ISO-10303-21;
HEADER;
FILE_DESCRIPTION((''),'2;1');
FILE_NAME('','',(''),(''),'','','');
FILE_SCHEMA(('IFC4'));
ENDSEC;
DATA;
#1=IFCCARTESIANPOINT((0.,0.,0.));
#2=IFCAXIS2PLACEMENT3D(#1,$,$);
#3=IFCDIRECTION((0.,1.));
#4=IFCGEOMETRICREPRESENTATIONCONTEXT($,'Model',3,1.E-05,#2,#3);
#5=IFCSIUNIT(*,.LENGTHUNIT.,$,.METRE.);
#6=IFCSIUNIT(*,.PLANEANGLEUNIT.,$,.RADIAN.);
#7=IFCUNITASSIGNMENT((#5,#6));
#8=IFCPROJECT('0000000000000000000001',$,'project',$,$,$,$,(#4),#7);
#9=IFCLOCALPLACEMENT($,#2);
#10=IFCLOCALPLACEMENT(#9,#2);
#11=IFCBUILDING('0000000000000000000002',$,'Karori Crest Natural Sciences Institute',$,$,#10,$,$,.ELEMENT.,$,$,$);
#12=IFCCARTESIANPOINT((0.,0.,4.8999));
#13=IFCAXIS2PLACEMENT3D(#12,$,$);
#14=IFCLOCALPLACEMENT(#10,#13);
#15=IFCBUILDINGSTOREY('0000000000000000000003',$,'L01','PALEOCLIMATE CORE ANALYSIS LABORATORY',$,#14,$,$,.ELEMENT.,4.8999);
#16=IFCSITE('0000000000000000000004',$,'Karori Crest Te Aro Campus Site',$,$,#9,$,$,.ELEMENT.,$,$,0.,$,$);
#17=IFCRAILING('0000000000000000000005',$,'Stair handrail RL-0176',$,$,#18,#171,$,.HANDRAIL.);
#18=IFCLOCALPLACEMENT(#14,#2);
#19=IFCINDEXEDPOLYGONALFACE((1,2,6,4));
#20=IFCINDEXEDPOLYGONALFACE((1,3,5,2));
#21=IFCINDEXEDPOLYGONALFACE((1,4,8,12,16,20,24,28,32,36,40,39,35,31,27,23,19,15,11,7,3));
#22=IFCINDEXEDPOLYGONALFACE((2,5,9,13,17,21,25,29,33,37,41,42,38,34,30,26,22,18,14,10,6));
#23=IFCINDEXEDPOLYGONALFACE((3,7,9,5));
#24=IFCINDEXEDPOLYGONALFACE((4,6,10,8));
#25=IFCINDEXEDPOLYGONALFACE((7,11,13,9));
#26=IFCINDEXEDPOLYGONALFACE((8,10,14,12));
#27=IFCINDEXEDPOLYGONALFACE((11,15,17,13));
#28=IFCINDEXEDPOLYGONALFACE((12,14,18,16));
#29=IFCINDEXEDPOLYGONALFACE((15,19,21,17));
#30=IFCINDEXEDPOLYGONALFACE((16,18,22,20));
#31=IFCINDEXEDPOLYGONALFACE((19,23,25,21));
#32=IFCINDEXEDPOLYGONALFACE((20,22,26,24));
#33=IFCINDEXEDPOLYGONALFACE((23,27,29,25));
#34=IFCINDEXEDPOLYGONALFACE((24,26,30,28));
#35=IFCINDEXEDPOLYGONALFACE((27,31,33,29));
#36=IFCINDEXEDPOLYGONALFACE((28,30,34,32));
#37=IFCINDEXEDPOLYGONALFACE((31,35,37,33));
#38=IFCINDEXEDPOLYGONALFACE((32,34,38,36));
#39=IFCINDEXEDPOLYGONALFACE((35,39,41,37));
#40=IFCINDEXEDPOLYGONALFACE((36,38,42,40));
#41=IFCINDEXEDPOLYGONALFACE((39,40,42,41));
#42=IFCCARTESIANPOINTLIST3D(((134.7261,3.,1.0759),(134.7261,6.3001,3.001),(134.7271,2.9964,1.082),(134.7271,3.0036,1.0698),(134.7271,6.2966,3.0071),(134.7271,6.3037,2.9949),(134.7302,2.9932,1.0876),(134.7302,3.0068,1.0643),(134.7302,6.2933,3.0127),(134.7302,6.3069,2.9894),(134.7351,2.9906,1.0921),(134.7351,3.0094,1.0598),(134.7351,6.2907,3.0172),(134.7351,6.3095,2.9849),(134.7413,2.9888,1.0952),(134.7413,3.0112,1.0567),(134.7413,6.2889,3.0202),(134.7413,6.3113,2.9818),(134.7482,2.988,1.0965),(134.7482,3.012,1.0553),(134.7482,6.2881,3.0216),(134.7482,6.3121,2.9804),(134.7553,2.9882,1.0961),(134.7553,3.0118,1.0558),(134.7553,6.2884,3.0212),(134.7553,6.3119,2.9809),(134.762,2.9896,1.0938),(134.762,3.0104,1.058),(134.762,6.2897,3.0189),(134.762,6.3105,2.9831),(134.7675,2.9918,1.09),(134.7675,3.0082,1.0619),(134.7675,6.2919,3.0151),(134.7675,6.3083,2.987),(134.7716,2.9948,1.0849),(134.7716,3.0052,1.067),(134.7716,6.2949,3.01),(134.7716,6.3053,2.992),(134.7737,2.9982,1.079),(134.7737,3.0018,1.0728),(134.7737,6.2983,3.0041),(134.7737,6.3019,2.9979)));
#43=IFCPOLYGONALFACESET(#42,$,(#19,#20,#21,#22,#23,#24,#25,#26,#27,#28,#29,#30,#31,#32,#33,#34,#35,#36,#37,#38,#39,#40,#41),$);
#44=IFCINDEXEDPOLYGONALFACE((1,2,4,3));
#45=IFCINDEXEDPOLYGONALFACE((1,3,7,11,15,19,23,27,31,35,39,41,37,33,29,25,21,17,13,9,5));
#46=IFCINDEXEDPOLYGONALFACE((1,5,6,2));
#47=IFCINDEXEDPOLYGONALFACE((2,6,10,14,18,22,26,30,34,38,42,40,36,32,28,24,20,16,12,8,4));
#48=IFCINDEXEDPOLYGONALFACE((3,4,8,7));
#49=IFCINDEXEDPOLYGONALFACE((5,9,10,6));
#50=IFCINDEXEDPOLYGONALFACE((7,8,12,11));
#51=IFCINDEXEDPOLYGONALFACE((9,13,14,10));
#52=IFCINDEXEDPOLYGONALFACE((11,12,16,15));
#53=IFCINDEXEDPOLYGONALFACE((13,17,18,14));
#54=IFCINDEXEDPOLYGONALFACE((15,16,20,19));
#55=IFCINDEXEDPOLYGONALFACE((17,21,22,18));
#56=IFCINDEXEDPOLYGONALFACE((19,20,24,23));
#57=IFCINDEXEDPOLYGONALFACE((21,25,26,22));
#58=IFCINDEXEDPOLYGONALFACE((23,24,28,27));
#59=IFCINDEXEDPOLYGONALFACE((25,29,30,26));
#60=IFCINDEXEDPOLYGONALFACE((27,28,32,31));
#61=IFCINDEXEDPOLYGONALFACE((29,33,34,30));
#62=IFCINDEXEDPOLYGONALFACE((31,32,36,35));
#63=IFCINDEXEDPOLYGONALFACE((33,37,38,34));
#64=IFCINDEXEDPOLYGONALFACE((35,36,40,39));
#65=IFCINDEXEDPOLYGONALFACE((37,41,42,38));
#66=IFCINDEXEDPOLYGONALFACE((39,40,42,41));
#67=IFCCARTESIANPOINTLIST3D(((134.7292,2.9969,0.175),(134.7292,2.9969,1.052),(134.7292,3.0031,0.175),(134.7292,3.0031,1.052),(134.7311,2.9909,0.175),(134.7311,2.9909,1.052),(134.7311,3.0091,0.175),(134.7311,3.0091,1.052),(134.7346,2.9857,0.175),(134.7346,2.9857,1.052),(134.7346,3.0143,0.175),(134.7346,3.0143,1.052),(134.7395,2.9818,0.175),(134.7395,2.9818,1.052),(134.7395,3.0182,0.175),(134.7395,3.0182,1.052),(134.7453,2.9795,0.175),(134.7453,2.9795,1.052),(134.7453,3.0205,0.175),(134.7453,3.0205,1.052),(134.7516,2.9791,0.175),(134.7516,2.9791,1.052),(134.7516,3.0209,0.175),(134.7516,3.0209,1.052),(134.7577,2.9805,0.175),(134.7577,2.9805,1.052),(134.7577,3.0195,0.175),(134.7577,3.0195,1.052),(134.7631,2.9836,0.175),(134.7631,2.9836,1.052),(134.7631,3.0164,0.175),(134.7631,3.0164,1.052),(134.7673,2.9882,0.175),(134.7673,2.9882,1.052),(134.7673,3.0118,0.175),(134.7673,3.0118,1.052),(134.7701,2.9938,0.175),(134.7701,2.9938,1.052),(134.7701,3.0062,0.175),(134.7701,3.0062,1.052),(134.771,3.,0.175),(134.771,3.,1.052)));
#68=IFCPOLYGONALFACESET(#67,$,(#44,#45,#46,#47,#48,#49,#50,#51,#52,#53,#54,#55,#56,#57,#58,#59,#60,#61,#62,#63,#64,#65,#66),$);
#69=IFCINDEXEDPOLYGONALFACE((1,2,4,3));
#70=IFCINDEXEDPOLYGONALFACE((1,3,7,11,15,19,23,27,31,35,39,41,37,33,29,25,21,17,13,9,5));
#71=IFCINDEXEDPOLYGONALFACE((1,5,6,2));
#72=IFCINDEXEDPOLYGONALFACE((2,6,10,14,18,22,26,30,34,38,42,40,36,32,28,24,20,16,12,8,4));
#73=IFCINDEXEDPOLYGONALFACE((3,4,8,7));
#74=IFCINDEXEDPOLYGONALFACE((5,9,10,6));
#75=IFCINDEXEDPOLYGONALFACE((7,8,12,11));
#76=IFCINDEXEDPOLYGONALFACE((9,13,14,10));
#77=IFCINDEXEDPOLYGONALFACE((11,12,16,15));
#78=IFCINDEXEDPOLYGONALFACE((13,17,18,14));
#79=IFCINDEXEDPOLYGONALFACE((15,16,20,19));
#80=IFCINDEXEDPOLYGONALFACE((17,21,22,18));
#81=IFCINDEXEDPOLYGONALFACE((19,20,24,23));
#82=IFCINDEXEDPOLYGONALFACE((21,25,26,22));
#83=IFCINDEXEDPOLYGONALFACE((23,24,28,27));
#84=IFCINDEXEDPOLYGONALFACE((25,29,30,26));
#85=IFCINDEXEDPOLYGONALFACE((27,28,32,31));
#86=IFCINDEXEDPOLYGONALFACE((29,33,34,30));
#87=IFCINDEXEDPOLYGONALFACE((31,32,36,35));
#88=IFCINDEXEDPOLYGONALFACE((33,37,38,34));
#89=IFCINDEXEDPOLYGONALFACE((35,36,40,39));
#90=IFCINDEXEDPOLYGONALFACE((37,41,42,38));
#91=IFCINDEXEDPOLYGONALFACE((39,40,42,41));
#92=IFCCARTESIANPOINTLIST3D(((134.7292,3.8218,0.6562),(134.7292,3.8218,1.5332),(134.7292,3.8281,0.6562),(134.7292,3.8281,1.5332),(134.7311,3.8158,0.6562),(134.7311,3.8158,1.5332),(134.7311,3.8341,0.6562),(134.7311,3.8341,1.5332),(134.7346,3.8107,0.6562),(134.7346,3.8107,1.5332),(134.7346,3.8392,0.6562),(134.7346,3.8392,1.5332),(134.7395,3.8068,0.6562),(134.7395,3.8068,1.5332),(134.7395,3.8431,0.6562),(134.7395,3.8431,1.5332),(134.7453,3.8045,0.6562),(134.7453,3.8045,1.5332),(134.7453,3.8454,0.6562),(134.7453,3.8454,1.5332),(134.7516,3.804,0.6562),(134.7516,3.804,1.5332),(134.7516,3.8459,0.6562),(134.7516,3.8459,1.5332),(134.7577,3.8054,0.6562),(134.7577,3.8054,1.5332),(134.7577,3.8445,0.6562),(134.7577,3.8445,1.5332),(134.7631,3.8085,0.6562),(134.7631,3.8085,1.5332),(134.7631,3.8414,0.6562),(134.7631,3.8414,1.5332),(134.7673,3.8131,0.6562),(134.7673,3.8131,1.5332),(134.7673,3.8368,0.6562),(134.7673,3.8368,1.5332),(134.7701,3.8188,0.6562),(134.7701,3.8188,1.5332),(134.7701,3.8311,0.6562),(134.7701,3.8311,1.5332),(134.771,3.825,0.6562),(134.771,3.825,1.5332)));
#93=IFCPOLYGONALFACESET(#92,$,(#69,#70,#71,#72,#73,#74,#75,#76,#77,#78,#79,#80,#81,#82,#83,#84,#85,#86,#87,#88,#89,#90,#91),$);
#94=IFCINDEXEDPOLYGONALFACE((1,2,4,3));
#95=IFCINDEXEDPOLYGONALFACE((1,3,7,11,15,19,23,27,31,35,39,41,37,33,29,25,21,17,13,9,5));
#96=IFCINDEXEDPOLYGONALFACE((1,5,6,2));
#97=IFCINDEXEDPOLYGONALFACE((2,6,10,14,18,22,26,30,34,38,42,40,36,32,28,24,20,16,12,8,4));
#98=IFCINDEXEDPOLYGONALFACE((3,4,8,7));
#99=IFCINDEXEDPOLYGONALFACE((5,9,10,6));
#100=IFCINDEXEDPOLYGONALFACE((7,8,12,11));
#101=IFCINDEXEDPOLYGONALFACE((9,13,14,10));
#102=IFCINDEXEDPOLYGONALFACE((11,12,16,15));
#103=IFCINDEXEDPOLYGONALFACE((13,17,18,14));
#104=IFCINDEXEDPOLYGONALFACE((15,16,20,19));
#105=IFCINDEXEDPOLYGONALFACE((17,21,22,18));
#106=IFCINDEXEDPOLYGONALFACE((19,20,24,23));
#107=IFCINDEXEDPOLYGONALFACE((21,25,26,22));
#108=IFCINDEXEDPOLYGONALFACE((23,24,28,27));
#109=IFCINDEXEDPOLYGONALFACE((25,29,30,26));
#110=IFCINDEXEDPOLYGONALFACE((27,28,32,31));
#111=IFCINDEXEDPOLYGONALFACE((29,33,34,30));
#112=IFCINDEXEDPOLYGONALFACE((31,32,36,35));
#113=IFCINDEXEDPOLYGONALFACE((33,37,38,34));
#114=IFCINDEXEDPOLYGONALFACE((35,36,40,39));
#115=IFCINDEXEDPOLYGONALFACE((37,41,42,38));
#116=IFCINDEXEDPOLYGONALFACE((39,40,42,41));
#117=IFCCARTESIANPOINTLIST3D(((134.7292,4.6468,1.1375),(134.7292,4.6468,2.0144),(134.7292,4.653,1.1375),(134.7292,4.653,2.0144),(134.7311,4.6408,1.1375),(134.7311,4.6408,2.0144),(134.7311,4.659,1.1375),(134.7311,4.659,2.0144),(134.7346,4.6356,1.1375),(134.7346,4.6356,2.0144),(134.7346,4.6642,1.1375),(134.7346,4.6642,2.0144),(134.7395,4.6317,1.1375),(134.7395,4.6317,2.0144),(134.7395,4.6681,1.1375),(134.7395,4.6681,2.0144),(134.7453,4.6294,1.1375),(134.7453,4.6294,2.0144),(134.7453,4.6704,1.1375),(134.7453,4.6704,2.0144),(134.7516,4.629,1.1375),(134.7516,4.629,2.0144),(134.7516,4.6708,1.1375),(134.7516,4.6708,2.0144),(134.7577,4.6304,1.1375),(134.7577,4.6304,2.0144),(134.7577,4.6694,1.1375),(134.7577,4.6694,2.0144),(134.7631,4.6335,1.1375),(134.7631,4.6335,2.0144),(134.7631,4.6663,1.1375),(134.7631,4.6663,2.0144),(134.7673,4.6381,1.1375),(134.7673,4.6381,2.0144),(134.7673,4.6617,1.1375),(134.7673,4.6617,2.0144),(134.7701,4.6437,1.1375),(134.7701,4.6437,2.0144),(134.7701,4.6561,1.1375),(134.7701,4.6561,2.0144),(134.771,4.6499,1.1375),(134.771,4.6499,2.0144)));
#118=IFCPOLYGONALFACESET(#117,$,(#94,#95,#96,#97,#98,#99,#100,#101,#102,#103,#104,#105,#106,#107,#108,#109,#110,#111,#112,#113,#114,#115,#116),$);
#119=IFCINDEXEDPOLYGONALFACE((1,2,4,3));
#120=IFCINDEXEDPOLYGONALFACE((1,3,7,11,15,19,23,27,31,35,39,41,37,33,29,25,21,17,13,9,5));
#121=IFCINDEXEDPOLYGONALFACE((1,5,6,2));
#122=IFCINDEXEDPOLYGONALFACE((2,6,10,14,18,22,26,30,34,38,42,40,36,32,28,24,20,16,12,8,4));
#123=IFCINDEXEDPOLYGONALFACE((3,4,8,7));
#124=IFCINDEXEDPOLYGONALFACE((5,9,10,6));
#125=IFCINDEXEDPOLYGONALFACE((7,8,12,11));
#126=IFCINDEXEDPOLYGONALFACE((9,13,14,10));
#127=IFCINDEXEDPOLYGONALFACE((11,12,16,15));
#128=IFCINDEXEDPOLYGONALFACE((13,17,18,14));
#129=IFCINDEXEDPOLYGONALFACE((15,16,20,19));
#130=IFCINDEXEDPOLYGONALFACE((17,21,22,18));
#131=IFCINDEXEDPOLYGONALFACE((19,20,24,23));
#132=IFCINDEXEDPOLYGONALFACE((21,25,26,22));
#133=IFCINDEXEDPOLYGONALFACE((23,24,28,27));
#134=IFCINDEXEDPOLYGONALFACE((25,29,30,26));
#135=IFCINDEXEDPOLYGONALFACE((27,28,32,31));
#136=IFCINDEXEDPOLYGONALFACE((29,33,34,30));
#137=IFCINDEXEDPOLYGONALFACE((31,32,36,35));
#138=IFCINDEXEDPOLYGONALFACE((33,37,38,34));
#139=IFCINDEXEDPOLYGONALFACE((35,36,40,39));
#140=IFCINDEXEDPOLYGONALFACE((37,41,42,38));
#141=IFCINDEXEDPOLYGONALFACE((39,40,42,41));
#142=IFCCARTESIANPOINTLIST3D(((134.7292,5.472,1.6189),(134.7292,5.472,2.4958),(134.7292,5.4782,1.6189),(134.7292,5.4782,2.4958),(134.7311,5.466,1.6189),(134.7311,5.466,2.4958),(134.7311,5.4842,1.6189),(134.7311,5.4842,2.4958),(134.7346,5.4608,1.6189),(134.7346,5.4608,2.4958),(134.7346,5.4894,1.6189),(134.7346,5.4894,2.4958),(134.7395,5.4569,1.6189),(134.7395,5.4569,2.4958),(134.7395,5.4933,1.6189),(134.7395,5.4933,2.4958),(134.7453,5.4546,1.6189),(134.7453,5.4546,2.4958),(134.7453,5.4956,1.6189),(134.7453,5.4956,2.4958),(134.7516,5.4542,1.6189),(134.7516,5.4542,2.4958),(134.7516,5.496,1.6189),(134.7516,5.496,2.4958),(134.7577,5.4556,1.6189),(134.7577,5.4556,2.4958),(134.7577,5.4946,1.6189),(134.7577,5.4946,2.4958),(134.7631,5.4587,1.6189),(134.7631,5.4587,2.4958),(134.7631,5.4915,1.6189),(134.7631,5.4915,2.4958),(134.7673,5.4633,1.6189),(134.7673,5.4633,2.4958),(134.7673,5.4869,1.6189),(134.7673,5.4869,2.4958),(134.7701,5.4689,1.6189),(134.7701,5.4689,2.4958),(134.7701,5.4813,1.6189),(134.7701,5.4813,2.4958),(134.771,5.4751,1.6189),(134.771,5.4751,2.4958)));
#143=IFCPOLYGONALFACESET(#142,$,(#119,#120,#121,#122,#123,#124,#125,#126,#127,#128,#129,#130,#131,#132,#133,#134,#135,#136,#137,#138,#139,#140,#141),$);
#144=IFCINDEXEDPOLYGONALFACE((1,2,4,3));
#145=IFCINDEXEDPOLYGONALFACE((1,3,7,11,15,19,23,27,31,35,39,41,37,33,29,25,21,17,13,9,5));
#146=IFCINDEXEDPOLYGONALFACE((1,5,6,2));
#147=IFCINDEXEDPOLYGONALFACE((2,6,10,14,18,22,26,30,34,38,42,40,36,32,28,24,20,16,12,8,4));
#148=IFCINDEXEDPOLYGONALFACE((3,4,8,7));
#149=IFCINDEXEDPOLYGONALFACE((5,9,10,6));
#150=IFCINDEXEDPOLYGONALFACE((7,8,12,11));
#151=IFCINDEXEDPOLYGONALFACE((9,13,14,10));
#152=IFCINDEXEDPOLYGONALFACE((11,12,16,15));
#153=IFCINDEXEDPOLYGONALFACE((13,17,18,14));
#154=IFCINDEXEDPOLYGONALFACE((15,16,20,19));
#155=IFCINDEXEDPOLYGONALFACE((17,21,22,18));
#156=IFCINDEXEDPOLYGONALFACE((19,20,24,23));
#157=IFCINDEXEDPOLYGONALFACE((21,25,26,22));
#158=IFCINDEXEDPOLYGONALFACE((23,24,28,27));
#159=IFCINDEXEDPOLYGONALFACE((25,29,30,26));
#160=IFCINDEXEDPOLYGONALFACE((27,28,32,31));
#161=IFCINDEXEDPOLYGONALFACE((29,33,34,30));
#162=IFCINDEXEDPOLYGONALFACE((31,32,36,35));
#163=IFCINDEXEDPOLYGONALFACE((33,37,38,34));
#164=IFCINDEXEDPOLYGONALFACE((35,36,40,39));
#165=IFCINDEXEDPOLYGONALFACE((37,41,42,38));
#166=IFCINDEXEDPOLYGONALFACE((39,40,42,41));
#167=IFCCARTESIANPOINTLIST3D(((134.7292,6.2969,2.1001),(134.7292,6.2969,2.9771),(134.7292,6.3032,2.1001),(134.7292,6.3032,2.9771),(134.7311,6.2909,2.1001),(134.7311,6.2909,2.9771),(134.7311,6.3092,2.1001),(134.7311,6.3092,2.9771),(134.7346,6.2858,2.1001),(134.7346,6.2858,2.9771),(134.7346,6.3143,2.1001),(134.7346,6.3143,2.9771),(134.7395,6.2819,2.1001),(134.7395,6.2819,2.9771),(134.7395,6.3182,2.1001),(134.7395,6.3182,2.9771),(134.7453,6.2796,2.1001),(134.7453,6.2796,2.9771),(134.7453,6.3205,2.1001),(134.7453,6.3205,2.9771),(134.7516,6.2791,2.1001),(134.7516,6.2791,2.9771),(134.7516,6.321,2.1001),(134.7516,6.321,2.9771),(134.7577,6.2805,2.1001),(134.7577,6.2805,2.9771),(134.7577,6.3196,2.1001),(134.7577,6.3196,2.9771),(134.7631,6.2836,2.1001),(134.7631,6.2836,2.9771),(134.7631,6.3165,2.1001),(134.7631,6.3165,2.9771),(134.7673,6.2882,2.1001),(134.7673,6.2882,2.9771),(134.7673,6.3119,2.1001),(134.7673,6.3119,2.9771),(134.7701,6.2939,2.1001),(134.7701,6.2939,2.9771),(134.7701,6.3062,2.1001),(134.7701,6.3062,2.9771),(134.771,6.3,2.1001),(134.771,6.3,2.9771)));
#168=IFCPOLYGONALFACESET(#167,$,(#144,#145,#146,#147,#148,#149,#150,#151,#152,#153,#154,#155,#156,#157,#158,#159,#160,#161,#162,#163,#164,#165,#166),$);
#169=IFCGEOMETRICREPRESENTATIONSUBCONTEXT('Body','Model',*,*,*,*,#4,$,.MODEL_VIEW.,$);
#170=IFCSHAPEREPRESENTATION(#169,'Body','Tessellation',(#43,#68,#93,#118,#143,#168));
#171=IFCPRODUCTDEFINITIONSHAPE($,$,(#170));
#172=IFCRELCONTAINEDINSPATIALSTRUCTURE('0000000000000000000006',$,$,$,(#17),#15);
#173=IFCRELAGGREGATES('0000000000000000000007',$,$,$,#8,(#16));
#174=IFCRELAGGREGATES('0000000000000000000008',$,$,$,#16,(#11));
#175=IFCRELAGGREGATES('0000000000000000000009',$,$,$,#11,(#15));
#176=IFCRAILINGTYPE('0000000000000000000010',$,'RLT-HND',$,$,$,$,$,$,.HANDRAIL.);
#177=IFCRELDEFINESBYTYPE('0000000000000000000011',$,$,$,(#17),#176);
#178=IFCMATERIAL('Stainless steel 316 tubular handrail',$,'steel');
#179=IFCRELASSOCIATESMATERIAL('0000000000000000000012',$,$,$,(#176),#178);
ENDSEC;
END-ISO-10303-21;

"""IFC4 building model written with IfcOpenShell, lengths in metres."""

from ifc_helpers import new_model, si_unit, direction, frame, origin, origin_2d, place, context, subcontext, project, spatial, circle, extrude, material, type_object, element, save


model = new_model("IFC4")

# Units and contexts
model_context = context("Model", 3, precision=1e-05, world=origin(), true_north=direction((0.0, 1.0)))
body_context = subcontext(model_context, "Body", "Model", "MODEL_VIEW")
ifc_project = project(units=[si_unit("LENGTHUNIT", "METRE"), si_unit("PLANEANGLEUNIT", "RADIAN")], contexts=[model_context])

# Site, building, storey
site_placement = place(None, origin())
site = spatial("IfcSite", under=ifc_project, at=site_placement, Name="Karori Crest Te Aro Campus Site", CompositionType="ELEMENT", RefElevation=0.0)
building_placement = place(site_placement, origin())
building = spatial("IfcBuilding", under=site, at=building_placement, Name="Karori Crest Natural Sciences Institute", CompositionType="ELEMENT")
storey_placement = place(building_placement, frame((0.0, 0.0, 4.8999)))
storey = spatial("IfcBuildingStorey", under=building, at=storey_placement, Name="L01", Description="PALEOCLIMATE CORE ANALYSIS LABORATORY", CompositionType="ELEMENT", Elevation=4.8999)

# Railing
ifc_material_1 = material(Name="Stainless steel 316 tubular handrail", Category="steel")
railing_type_1 = type_object("IfcRailingType", Name="RLT-HND", PredefinedType="HANDRAIL", material=ifc_material_1)
railing_1_placement = place(storey_placement, frame((134.75, 3.0, 0.175)))
element("IfcRailing", 1, at=railing_1_placement, inside=storey, type_object=railing_type_1, Name="Stair handrail RL-0176", PredefinedType="HANDRAIL", context=body_context, shape_type="SweptSolid", body=[
    extrude(circle(Radius=0.0239, at=origin_2d()), frame((0.0, 0.0, 0.9009), z_axis=(0.0, 0.863777, 0.503875), x_axis=(-1.0, 0.0, 0.0)), (0.0, 0.0, 1.0), 3.8206),
    extrude(circle(Radius=0.021, at=origin_2d()), origin(), (0.0, 0.0, 1.0), 0.877),
    extrude(circle(Radius=0.021, at=origin_2d()), frame((0.0, 0.825, 0.4812)), (0.0, 0.0, 1.0), 0.877),
    extrude(circle(Radius=0.021, at=origin_2d()), frame((0.0, 1.6499, 0.9624)), (0.0, 0.0, 1.0), 0.877),
    extrude(circle(Radius=0.021, at=origin_2d()), frame((0.0, 2.4751, 1.4438)), (0.0, 0.0, 1.0), 0.877),
    extrude(circle(Radius=0.021, at=origin_2d()), frame((0.0, 3.3, 1.925)), (0.0, 0.0, 1.0), 0.877),
])

save(model, "model.ifc")
